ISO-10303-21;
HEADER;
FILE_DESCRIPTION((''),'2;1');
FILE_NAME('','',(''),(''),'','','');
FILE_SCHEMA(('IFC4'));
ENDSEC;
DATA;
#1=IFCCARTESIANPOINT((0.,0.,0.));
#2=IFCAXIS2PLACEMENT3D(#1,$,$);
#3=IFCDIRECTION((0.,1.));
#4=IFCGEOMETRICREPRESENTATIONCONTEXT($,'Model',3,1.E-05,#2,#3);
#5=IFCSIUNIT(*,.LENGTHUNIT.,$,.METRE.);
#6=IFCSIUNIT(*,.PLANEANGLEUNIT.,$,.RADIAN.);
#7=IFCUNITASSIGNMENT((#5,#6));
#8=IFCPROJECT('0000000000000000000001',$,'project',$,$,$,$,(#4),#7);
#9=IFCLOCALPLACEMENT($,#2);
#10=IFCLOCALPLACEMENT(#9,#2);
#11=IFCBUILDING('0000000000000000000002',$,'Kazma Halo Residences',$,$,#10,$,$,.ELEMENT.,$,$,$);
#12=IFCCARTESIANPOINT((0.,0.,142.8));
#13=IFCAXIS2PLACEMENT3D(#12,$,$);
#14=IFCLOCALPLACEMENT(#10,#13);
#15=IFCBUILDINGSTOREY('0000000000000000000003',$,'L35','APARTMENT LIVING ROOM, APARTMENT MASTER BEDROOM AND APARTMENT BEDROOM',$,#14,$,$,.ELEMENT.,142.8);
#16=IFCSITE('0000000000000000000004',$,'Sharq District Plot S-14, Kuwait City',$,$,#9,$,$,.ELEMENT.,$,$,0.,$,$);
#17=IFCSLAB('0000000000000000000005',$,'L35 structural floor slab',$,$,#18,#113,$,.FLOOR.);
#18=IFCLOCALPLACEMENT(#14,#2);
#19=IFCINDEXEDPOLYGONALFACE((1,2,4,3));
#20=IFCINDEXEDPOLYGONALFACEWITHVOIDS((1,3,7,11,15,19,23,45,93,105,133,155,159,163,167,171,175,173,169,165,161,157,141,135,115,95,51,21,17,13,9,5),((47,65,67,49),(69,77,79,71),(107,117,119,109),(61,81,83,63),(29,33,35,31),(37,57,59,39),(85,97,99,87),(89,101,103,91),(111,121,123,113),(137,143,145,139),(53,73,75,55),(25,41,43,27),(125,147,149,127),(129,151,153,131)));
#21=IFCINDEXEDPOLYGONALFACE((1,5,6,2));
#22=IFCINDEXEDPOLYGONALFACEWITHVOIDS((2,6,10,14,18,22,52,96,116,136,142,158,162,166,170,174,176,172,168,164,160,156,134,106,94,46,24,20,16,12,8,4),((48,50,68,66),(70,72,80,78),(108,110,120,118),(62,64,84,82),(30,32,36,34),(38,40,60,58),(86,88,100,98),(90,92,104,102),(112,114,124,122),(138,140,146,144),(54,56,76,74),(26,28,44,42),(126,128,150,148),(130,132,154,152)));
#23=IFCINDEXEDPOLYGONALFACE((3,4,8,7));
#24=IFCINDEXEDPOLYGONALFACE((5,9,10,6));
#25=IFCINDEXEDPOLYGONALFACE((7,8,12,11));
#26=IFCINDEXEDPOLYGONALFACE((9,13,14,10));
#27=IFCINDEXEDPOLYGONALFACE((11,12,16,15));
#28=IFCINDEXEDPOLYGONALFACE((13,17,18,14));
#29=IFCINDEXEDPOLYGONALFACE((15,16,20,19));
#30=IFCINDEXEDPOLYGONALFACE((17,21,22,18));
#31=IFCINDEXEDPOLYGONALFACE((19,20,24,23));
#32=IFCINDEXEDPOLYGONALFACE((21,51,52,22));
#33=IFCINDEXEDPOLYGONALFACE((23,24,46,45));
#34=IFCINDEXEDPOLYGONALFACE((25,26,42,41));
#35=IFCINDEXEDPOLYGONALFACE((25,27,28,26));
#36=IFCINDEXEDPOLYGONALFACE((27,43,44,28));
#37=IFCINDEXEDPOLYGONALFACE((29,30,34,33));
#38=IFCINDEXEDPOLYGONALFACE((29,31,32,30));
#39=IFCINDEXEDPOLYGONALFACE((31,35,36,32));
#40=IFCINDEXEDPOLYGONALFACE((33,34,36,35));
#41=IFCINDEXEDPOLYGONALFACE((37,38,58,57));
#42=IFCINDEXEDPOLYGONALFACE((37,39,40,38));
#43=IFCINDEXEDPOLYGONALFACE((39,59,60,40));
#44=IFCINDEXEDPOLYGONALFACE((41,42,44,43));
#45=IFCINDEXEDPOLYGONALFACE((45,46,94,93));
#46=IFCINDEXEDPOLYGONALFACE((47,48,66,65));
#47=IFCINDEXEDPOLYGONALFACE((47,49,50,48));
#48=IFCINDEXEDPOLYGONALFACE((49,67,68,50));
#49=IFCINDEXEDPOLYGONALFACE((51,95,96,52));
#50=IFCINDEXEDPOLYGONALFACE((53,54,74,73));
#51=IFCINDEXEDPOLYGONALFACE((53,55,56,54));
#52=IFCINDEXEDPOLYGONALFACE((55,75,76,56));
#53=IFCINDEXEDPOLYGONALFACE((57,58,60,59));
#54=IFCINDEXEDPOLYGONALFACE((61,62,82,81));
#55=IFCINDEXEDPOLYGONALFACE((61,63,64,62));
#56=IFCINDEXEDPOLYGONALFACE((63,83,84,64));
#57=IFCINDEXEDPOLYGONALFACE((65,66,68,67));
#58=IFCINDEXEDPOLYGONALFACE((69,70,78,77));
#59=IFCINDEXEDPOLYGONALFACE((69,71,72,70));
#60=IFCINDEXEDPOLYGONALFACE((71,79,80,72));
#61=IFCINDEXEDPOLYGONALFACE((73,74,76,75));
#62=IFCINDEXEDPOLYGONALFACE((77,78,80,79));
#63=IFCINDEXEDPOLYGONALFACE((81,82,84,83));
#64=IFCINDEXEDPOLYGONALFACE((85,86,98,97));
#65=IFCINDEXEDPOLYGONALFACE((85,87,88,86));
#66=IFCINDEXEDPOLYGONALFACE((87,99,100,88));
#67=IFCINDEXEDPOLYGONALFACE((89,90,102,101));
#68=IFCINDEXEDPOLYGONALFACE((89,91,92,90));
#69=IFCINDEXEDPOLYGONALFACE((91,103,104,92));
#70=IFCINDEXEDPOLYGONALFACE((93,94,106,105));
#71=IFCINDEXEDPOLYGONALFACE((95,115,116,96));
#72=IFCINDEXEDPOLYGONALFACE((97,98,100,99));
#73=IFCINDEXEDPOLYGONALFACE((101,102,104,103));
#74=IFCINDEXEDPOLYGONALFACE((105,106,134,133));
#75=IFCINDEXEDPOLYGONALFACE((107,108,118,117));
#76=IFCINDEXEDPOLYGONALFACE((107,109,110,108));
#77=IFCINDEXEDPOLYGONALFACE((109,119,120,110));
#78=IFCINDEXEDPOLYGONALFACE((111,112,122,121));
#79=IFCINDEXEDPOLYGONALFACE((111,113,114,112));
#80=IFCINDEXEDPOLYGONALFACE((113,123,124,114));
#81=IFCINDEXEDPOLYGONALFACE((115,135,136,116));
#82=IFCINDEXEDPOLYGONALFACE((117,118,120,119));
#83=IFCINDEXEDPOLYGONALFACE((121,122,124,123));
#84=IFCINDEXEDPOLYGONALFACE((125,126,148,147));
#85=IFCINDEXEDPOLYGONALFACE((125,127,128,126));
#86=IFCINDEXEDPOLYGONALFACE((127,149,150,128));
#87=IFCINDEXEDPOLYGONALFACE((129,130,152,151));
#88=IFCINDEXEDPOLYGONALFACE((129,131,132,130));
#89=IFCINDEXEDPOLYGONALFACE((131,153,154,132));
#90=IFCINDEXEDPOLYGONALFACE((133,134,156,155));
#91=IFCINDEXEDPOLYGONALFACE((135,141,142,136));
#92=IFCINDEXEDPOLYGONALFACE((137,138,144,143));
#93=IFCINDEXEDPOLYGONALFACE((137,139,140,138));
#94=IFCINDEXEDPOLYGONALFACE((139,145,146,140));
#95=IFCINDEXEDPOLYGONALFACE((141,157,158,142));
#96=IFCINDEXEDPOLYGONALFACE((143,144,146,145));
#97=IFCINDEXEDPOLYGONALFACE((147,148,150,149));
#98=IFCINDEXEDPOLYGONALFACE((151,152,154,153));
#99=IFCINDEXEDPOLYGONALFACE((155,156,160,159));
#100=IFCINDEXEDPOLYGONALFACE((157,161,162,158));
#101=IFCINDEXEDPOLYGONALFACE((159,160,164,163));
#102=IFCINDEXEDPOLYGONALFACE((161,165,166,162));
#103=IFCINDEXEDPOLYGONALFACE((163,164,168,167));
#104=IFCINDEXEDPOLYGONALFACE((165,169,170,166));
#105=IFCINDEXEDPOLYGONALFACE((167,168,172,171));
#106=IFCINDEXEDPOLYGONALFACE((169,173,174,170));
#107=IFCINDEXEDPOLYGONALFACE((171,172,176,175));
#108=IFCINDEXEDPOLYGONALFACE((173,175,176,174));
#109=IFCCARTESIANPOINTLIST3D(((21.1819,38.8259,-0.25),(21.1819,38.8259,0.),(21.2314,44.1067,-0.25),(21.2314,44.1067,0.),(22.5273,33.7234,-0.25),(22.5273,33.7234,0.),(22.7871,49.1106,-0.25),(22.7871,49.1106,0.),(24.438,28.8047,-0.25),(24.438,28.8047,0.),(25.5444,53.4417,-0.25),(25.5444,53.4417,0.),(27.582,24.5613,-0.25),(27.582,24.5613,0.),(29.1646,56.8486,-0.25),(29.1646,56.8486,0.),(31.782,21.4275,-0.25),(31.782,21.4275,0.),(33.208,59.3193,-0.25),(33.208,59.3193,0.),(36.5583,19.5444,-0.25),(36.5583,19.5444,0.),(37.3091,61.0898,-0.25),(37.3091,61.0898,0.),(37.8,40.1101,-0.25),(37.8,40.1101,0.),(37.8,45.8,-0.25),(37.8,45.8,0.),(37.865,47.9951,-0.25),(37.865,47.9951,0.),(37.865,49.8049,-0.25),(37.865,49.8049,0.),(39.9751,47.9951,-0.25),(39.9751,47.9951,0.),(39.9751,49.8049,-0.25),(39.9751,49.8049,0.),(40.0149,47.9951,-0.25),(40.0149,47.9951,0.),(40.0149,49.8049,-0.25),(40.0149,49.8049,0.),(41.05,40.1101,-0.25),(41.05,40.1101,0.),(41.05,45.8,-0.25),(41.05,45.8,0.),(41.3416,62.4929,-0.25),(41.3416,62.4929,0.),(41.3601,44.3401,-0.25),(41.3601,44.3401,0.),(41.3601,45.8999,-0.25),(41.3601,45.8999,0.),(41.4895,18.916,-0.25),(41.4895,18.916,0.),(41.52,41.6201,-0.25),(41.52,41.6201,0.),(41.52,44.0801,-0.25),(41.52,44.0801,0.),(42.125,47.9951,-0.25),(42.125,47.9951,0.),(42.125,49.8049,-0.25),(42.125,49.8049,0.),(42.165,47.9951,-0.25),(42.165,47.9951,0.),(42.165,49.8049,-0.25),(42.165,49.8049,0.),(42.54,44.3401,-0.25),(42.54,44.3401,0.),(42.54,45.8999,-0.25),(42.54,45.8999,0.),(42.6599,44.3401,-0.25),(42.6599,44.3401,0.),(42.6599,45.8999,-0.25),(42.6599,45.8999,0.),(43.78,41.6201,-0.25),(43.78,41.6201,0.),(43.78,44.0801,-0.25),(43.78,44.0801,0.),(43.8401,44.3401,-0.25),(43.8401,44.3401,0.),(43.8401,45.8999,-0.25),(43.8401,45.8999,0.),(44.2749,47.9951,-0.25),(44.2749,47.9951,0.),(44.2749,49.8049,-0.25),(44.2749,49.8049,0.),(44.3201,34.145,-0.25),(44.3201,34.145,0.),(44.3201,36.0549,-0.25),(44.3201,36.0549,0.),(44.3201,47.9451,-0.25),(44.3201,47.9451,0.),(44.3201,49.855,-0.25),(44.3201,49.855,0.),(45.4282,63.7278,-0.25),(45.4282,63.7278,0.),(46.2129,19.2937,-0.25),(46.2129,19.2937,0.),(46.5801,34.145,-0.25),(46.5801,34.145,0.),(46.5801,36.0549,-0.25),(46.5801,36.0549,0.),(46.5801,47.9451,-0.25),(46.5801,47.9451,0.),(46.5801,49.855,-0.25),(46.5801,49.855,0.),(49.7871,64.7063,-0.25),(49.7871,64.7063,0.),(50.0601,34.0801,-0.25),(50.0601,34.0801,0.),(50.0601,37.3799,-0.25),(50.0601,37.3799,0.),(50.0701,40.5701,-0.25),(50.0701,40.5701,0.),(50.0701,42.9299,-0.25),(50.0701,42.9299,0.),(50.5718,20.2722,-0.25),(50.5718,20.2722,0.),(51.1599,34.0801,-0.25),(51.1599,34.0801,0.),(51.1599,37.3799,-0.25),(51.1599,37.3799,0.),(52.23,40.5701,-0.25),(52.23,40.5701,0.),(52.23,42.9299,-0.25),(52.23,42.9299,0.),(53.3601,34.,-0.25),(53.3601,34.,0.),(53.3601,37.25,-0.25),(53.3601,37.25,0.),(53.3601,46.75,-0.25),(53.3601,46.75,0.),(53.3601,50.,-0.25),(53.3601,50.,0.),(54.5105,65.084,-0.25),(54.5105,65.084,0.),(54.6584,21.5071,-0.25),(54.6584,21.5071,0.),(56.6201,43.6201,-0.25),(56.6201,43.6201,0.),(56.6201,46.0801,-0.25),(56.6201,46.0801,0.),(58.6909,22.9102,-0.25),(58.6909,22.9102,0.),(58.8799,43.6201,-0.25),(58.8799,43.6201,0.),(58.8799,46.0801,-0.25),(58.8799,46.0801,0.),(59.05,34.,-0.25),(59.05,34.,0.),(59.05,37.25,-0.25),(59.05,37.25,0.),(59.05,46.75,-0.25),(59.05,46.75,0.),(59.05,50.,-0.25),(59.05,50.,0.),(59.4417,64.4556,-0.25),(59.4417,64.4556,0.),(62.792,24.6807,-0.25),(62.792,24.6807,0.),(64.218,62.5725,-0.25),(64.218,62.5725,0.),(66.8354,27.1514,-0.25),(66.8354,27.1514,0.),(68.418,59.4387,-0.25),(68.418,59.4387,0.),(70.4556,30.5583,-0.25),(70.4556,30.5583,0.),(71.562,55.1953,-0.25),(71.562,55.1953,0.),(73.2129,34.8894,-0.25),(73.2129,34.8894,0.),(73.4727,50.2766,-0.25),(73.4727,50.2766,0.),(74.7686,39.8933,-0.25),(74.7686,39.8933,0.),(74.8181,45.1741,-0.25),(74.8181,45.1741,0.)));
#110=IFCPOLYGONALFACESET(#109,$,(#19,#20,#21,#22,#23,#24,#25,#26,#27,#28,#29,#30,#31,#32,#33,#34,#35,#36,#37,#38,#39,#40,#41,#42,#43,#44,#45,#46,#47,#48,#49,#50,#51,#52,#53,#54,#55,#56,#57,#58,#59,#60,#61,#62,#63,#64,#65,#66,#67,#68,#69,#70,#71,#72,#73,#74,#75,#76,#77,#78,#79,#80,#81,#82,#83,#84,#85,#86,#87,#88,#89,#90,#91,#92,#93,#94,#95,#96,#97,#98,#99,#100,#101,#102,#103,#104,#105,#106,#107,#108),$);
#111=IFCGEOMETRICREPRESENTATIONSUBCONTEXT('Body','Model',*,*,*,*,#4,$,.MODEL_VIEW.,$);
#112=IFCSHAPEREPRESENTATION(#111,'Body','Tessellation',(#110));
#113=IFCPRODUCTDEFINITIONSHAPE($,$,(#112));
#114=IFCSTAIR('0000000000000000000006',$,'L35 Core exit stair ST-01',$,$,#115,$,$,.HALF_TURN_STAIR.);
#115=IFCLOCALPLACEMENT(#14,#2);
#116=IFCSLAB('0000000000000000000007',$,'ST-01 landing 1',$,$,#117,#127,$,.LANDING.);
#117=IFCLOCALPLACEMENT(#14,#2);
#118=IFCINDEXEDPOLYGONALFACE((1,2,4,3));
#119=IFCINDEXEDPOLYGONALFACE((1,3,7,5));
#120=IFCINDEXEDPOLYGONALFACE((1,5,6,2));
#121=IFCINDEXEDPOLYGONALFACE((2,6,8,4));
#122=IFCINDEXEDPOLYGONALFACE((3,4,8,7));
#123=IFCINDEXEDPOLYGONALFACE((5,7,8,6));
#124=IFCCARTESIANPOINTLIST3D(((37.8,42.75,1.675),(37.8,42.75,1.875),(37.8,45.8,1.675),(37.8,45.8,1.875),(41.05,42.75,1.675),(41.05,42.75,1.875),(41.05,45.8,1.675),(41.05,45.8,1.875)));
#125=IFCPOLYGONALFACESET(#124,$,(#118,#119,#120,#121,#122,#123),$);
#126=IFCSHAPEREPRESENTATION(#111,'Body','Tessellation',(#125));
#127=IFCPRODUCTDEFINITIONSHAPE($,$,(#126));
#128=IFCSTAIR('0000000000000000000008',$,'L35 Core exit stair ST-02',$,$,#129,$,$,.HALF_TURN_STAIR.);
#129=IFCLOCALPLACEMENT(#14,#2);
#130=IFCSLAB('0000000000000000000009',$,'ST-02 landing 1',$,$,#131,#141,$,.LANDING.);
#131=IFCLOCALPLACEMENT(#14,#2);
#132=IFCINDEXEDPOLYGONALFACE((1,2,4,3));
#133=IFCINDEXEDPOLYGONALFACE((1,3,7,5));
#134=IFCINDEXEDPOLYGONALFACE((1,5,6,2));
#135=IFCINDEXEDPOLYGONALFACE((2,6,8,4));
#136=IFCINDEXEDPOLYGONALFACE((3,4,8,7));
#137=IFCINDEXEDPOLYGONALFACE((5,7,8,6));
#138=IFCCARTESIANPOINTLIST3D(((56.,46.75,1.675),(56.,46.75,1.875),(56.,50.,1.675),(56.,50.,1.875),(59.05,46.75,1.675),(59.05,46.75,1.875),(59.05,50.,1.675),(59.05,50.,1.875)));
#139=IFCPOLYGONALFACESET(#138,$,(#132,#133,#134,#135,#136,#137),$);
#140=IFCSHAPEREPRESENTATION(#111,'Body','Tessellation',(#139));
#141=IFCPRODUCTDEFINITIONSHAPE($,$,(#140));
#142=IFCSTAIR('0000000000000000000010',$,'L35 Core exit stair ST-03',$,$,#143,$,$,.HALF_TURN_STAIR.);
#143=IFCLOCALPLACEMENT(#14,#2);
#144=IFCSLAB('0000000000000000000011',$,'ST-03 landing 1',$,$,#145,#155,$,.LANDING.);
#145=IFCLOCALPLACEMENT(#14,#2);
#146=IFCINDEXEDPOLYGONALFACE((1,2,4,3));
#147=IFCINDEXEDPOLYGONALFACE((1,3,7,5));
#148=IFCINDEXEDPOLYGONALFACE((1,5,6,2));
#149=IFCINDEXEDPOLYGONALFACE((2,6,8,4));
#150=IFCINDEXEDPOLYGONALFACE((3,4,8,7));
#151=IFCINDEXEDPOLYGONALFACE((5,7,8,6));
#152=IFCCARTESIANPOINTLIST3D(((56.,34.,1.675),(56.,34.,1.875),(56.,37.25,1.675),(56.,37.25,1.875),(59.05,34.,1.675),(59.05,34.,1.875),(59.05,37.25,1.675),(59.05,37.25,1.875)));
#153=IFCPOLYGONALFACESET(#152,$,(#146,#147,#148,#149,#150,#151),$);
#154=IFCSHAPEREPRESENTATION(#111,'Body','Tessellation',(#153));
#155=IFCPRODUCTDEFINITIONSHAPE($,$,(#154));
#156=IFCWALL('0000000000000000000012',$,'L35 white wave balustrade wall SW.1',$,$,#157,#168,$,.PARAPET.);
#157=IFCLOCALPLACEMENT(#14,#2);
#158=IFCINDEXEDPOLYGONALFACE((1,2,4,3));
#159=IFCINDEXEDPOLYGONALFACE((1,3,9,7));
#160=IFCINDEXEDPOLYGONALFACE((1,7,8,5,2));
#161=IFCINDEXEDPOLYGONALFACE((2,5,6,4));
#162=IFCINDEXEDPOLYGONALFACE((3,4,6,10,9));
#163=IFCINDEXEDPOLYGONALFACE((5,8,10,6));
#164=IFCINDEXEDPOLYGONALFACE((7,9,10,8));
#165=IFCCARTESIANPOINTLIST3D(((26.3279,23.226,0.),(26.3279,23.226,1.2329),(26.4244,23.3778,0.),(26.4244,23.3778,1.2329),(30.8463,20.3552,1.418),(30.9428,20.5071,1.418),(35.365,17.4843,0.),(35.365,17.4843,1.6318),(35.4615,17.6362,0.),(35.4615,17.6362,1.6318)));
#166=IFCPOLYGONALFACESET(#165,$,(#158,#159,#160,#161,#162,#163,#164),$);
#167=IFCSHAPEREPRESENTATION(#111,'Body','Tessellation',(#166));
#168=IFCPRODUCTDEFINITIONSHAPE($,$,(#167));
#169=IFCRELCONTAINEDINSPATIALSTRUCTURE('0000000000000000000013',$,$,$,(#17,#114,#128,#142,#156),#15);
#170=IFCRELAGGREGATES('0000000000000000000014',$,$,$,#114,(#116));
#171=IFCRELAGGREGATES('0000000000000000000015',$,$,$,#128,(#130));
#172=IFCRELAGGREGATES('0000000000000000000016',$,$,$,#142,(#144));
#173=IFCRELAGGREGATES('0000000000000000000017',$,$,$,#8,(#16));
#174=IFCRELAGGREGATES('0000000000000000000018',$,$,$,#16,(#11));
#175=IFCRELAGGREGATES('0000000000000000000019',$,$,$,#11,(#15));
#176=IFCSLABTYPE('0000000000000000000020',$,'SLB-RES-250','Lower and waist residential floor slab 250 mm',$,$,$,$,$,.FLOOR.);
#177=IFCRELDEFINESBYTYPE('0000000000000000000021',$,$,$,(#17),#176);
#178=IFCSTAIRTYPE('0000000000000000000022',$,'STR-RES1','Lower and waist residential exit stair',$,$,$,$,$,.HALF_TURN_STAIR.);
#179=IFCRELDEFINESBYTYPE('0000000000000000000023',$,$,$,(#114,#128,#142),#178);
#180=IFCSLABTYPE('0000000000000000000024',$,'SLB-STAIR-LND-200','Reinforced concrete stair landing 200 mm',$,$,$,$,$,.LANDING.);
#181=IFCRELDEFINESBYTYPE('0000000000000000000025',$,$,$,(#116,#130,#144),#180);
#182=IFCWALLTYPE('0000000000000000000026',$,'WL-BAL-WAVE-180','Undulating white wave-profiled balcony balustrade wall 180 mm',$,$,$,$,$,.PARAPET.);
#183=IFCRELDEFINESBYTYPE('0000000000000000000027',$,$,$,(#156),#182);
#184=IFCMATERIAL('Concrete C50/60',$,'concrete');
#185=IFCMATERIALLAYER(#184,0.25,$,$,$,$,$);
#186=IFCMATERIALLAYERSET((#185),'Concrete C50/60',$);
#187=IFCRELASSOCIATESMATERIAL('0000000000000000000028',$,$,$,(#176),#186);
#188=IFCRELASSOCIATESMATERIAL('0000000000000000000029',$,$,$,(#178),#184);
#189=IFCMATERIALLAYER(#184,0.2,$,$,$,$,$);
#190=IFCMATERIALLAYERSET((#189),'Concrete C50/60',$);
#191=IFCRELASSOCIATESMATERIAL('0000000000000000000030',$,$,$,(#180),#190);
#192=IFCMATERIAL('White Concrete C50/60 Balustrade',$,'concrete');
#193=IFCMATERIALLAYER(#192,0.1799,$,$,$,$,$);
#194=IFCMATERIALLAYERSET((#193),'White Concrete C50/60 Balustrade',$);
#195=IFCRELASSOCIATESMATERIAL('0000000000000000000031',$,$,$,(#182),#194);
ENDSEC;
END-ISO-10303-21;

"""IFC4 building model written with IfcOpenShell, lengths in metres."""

from ifc_helpers import new_model, si_unit, direction, frame, origin, place, context, subcontext, project, spatial, polyline, outline, extrude, material, layer, layer_set, type_object, element, aggregate, save


model = new_model("IFC4")

# Units and contexts
model_context = context("Model", 3, precision=1e-05, world=origin(), true_north=direction((0.0, 1.0)))
body_context = subcontext(model_context, "Body", "Model", "MODEL_VIEW")
ifc_project = project(units=[si_unit("LENGTHUNIT", "METRE"), si_unit("PLANEANGLEUNIT", "RADIAN")], contexts=[model_context])

# Site, building, storey
site_placement = place(None, origin())
site = spatial("IfcSite", under=ifc_project, at=site_placement, Name="Sharq District Plot S-14, Kuwait City", CompositionType="ELEMENT", RefElevation=0.0)
building_placement = place(site_placement, origin())
building = spatial("IfcBuilding", under=site, at=building_placement, Name="Kazma Halo Residences", CompositionType="ELEMENT")
storey_placement = place(building_placement, frame((0.0, 0.0, 142.8)))
storey = spatial("IfcBuildingStorey", under=building, at=storey_placement, Name="L35", Description="APARTMENT LIVING ROOM, APARTMENT MASTER BEDROOM AND APARTMENT BEDROOM", CompositionType="ELEMENT", Elevation=142.8)

# Slab
ifc_material_1 = material(Name="Concrete C50/60", Category="concrete")
ifc_layer_1 = layer(ifc_material_1, 0.25)
ifc_layer_set_1 = layer_set([ifc_layer_1], Name="Concrete C50/60")
slab_type_1 = type_object("IfcSlabType", Name="SLB-RES-250", Description="Lower and waist residential floor slab 250 mm", PredefinedType="FLOOR", material=ifc_layer_set_1)
slab_1_placement = place(storey_placement, frame((0.0, 0.0, -0.25)))
element("IfcSlab", 1, at=slab_1_placement, inside=storey, type_object=slab_type_1, Name="L35 structural floor slab", PredefinedType="FLOOR", context=body_context, shape_type="SweptSolid", body=[
    extrude(outline(polyline([(73.4727, 50.2766), (71.562, 55.1953), (68.418, 59.4387), (64.218, 62.5725), (59.4417, 64.4556), (54.5105, 65.084), (49.7871, 64.7063), (45.4282, 63.7278), (41.3416, 62.4929), (37.3091, 61.0898), (33.208, 59.3193), (29.1646, 56.8486), (25.5444, 53.4417), (22.7871, 49.1106), (21.2314, 44.1067), (21.1819, 38.8259), (22.5273, 33.7234), (24.438, 28.8047), (27.582, 24.5613), (31.782, 21.4275), (36.5583, 19.5444), (41.4895, 18.916), (46.2129, 19.2937), (50.5718, 20.2722), (54.6584, 21.5071), (58.6909, 22.9102), (62.792, 24.6807), (66.8354, 27.1514), (70.4556, 30.5583), (73.2129, 34.8894), (74.7686, 39.8933), (74.8181, 45.1741), (73.4727, 50.2766)]), holes=[polyline([(37.8, 40.1101), (41.05, 40.1101), (41.05, 45.8), (37.8, 45.8), (37.8, 40.1101)]), polyline([(53.3601, 46.75), (59.05, 46.75), (59.05, 50.0), (53.3601, 50.0), (53.3601, 46.75)]), polyline([(53.3601, 34.0), (59.05, 34.0), (59.05, 37.25), (53.3601, 37.25), (53.3601, 34.0)]), polyline([(41.52, 41.6201), (43.78, 41.6201), (43.78, 44.0801), (41.52, 44.0801), (41.52, 41.6201)]), polyline([(56.6201, 43.6201), (58.8799, 43.6201), (58.8799, 46.0801), (56.6201, 46.0801), (56.6201, 43.6201)]), polyline([(37.865, 47.9951), (39.9751, 47.9951), (39.9751, 49.8049), (37.865, 49.8049), (37.865, 47.9951)]), polyline([(40.0149, 47.9951), (42.125, 47.9951), (42.125, 49.8049), (40.0149, 49.8049), (40.0149, 47.9951)]), polyline([(42.165, 47.9951), (44.2749, 47.9951), (44.2749, 49.8049), (42.165, 49.8049), (42.165, 47.9951)]), polyline([(44.3201, 47.9451), (46.5801, 47.9451), (46.5801, 49.855), (44.3201, 49.855), (44.3201, 47.9451)]), polyline([(44.3201, 34.145), (46.5801, 34.145), (46.5801, 36.0549), (44.3201, 36.0549), (44.3201, 34.145)]), polyline([(50.0701, 40.5701), (52.23, 40.5701), (52.23, 42.9299), (50.0701, 42.9299), (50.0701, 40.5701)]), polyline([(41.3601, 44.3401), (42.54, 44.3401), (42.54, 45.8999), (41.3601, 45.8999), (41.3601, 44.3401)]), polyline([(42.6599, 44.3401), (43.8401, 44.3401), (43.8401, 45.8999), (42.6599, 45.8999), (42.6599, 44.3401)]), polyline([(50.0601, 34.0801), (51.1599, 34.0801), (51.1599, 37.3799), (50.0601, 37.3799), (50.0601, 34.0801)])]), origin(), (0.0, 0.0, 1.0), 0.25),
])

# Stairs, slabs
stair_type = type_object("IfcStairType", Name="STR-RES1", Description="Lower and waist residential exit stair", PredefinedType="HALF_TURN_STAIR", material=ifc_material_1)
stair_1_placement = place(storey_placement, origin())
stair_1 = element("IfcStair", 2, at=stair_1_placement, inside=storey, type_object=stair_type, Name="L35 Core exit stair ST-01", PredefinedType="HALF_TURN_STAIR")
ifc_layer_2 = layer(ifc_material_1, 0.2)
ifc_layer_set_2 = layer_set([ifc_layer_2], Name="Concrete C50/60")
slab_type_2 = type_object("IfcSlabType", Name="SLB-STAIR-LND-200", Description="Reinforced concrete stair landing 200 mm", PredefinedType="LANDING", material=ifc_layer_set_2)
slab_2_placement = place(storey_placement, frame((0.0, 0.0, 1.675)))
slab_2 = element("IfcSlab", 3, at=slab_2_placement, type_object=slab_type_2, Name="ST-01 landing 1", PredefinedType="LANDING", context=body_context, shape_type="SweptSolid", body=[
    extrude(outline(polyline([(41.05, 42.75), (41.05, 45.8), (37.8, 45.8), (37.8, 42.75), (41.05, 42.75)])), origin(), (0.0, 0.0, 1.0), 0.2),
])
aggregate(stair_1, [slab_2])
stair_2_placement = place(storey_placement, origin())
stair_2 = element("IfcStair", 4, at=stair_2_placement, inside=storey, type_object=stair_type, Name="L35 Core exit stair ST-02", PredefinedType="HALF_TURN_STAIR")
slab_3_placement = place(storey_placement, frame((0.0, 0.0, 1.675)))
slab_3 = element("IfcSlab", 5, at=slab_3_placement, type_object=slab_type_2, Name="ST-02 landing 1", PredefinedType="LANDING", context=body_context, shape_type="SweptSolid", body=[
    extrude(outline(polyline([(56.0, 46.75), (59.05, 46.75), (59.05, 50.0), (56.0, 50.0), (56.0, 46.75)])), origin(), (0.0, 0.0, 1.0), 0.2),
])
aggregate(stair_2, [slab_3])
stair_3_placement = place(storey_placement, origin())
stair_3 = element("IfcStair", 6, at=stair_3_placement, inside=storey, type_object=stair_type, Name="L35 Core exit stair ST-03", PredefinedType="HALF_TURN_STAIR")
slab_4_placement = place(storey_placement, frame((0.0, 0.0, 1.675)))
slab_4 = element("IfcSlab", 7, at=slab_4_placement, type_object=slab_type_2, Name="ST-03 landing 1", PredefinedType="LANDING", context=body_context, shape_type="SweptSolid", body=[
    extrude(outline(polyline([(56.0, 34.0), (59.05, 34.0), (59.05, 37.25), (56.0, 37.25), (56.0, 34.0)])), origin(), (0.0, 0.0, 1.0), 0.2),
])
aggregate(stair_3, [slab_4])

# Wall
ifc_material_2 = material(Name="White Concrete C50/60 Balustrade", Category="concrete")
ifc_layer_3 = layer(ifc_material_2, 0.1799)
ifc_layer_set_3 = layer_set([ifc_layer_3], Name="White Concrete C50/60 Balustrade")
wall_type_1 = type_object("IfcWallType", Name="WL-BAL-WAVE-180", Description="Undulating white wave-profiled balcony balustrade wall 180 mm", PredefinedType="PARAPET", material=ifc_layer_set_3)
wall_1_placement = place(storey_placement, frame((26.3762, 23.302, 0.0), z_axis=(0.0, 0.0, 1.0), x_axis=(0.84405, -0.536265, 0.0)))
element("IfcWall", 8, at=wall_1_placement, inside=storey, type_object=wall_type_1, Name="L35 white wave balustrade wall SW.1", PredefinedType="PARAPET", context=body_context, shape_type="SweptSolid", body=[
    extrude(outline(polyline([(0.0, 0.0), (10.7068, 0.0), (10.7068, 1.6318), (5.3533, 1.418), (0.0, 1.2329), (0.0, 0.0)])), frame((0.0, 0.0898, 0.0), z_axis=(0.0, -1.0, 0.0), x_axis=(1.0, 0.0, 0.0)), (0.0, 0.0, 1.0), 0.1799),
])

save(model, "model.ifc")
